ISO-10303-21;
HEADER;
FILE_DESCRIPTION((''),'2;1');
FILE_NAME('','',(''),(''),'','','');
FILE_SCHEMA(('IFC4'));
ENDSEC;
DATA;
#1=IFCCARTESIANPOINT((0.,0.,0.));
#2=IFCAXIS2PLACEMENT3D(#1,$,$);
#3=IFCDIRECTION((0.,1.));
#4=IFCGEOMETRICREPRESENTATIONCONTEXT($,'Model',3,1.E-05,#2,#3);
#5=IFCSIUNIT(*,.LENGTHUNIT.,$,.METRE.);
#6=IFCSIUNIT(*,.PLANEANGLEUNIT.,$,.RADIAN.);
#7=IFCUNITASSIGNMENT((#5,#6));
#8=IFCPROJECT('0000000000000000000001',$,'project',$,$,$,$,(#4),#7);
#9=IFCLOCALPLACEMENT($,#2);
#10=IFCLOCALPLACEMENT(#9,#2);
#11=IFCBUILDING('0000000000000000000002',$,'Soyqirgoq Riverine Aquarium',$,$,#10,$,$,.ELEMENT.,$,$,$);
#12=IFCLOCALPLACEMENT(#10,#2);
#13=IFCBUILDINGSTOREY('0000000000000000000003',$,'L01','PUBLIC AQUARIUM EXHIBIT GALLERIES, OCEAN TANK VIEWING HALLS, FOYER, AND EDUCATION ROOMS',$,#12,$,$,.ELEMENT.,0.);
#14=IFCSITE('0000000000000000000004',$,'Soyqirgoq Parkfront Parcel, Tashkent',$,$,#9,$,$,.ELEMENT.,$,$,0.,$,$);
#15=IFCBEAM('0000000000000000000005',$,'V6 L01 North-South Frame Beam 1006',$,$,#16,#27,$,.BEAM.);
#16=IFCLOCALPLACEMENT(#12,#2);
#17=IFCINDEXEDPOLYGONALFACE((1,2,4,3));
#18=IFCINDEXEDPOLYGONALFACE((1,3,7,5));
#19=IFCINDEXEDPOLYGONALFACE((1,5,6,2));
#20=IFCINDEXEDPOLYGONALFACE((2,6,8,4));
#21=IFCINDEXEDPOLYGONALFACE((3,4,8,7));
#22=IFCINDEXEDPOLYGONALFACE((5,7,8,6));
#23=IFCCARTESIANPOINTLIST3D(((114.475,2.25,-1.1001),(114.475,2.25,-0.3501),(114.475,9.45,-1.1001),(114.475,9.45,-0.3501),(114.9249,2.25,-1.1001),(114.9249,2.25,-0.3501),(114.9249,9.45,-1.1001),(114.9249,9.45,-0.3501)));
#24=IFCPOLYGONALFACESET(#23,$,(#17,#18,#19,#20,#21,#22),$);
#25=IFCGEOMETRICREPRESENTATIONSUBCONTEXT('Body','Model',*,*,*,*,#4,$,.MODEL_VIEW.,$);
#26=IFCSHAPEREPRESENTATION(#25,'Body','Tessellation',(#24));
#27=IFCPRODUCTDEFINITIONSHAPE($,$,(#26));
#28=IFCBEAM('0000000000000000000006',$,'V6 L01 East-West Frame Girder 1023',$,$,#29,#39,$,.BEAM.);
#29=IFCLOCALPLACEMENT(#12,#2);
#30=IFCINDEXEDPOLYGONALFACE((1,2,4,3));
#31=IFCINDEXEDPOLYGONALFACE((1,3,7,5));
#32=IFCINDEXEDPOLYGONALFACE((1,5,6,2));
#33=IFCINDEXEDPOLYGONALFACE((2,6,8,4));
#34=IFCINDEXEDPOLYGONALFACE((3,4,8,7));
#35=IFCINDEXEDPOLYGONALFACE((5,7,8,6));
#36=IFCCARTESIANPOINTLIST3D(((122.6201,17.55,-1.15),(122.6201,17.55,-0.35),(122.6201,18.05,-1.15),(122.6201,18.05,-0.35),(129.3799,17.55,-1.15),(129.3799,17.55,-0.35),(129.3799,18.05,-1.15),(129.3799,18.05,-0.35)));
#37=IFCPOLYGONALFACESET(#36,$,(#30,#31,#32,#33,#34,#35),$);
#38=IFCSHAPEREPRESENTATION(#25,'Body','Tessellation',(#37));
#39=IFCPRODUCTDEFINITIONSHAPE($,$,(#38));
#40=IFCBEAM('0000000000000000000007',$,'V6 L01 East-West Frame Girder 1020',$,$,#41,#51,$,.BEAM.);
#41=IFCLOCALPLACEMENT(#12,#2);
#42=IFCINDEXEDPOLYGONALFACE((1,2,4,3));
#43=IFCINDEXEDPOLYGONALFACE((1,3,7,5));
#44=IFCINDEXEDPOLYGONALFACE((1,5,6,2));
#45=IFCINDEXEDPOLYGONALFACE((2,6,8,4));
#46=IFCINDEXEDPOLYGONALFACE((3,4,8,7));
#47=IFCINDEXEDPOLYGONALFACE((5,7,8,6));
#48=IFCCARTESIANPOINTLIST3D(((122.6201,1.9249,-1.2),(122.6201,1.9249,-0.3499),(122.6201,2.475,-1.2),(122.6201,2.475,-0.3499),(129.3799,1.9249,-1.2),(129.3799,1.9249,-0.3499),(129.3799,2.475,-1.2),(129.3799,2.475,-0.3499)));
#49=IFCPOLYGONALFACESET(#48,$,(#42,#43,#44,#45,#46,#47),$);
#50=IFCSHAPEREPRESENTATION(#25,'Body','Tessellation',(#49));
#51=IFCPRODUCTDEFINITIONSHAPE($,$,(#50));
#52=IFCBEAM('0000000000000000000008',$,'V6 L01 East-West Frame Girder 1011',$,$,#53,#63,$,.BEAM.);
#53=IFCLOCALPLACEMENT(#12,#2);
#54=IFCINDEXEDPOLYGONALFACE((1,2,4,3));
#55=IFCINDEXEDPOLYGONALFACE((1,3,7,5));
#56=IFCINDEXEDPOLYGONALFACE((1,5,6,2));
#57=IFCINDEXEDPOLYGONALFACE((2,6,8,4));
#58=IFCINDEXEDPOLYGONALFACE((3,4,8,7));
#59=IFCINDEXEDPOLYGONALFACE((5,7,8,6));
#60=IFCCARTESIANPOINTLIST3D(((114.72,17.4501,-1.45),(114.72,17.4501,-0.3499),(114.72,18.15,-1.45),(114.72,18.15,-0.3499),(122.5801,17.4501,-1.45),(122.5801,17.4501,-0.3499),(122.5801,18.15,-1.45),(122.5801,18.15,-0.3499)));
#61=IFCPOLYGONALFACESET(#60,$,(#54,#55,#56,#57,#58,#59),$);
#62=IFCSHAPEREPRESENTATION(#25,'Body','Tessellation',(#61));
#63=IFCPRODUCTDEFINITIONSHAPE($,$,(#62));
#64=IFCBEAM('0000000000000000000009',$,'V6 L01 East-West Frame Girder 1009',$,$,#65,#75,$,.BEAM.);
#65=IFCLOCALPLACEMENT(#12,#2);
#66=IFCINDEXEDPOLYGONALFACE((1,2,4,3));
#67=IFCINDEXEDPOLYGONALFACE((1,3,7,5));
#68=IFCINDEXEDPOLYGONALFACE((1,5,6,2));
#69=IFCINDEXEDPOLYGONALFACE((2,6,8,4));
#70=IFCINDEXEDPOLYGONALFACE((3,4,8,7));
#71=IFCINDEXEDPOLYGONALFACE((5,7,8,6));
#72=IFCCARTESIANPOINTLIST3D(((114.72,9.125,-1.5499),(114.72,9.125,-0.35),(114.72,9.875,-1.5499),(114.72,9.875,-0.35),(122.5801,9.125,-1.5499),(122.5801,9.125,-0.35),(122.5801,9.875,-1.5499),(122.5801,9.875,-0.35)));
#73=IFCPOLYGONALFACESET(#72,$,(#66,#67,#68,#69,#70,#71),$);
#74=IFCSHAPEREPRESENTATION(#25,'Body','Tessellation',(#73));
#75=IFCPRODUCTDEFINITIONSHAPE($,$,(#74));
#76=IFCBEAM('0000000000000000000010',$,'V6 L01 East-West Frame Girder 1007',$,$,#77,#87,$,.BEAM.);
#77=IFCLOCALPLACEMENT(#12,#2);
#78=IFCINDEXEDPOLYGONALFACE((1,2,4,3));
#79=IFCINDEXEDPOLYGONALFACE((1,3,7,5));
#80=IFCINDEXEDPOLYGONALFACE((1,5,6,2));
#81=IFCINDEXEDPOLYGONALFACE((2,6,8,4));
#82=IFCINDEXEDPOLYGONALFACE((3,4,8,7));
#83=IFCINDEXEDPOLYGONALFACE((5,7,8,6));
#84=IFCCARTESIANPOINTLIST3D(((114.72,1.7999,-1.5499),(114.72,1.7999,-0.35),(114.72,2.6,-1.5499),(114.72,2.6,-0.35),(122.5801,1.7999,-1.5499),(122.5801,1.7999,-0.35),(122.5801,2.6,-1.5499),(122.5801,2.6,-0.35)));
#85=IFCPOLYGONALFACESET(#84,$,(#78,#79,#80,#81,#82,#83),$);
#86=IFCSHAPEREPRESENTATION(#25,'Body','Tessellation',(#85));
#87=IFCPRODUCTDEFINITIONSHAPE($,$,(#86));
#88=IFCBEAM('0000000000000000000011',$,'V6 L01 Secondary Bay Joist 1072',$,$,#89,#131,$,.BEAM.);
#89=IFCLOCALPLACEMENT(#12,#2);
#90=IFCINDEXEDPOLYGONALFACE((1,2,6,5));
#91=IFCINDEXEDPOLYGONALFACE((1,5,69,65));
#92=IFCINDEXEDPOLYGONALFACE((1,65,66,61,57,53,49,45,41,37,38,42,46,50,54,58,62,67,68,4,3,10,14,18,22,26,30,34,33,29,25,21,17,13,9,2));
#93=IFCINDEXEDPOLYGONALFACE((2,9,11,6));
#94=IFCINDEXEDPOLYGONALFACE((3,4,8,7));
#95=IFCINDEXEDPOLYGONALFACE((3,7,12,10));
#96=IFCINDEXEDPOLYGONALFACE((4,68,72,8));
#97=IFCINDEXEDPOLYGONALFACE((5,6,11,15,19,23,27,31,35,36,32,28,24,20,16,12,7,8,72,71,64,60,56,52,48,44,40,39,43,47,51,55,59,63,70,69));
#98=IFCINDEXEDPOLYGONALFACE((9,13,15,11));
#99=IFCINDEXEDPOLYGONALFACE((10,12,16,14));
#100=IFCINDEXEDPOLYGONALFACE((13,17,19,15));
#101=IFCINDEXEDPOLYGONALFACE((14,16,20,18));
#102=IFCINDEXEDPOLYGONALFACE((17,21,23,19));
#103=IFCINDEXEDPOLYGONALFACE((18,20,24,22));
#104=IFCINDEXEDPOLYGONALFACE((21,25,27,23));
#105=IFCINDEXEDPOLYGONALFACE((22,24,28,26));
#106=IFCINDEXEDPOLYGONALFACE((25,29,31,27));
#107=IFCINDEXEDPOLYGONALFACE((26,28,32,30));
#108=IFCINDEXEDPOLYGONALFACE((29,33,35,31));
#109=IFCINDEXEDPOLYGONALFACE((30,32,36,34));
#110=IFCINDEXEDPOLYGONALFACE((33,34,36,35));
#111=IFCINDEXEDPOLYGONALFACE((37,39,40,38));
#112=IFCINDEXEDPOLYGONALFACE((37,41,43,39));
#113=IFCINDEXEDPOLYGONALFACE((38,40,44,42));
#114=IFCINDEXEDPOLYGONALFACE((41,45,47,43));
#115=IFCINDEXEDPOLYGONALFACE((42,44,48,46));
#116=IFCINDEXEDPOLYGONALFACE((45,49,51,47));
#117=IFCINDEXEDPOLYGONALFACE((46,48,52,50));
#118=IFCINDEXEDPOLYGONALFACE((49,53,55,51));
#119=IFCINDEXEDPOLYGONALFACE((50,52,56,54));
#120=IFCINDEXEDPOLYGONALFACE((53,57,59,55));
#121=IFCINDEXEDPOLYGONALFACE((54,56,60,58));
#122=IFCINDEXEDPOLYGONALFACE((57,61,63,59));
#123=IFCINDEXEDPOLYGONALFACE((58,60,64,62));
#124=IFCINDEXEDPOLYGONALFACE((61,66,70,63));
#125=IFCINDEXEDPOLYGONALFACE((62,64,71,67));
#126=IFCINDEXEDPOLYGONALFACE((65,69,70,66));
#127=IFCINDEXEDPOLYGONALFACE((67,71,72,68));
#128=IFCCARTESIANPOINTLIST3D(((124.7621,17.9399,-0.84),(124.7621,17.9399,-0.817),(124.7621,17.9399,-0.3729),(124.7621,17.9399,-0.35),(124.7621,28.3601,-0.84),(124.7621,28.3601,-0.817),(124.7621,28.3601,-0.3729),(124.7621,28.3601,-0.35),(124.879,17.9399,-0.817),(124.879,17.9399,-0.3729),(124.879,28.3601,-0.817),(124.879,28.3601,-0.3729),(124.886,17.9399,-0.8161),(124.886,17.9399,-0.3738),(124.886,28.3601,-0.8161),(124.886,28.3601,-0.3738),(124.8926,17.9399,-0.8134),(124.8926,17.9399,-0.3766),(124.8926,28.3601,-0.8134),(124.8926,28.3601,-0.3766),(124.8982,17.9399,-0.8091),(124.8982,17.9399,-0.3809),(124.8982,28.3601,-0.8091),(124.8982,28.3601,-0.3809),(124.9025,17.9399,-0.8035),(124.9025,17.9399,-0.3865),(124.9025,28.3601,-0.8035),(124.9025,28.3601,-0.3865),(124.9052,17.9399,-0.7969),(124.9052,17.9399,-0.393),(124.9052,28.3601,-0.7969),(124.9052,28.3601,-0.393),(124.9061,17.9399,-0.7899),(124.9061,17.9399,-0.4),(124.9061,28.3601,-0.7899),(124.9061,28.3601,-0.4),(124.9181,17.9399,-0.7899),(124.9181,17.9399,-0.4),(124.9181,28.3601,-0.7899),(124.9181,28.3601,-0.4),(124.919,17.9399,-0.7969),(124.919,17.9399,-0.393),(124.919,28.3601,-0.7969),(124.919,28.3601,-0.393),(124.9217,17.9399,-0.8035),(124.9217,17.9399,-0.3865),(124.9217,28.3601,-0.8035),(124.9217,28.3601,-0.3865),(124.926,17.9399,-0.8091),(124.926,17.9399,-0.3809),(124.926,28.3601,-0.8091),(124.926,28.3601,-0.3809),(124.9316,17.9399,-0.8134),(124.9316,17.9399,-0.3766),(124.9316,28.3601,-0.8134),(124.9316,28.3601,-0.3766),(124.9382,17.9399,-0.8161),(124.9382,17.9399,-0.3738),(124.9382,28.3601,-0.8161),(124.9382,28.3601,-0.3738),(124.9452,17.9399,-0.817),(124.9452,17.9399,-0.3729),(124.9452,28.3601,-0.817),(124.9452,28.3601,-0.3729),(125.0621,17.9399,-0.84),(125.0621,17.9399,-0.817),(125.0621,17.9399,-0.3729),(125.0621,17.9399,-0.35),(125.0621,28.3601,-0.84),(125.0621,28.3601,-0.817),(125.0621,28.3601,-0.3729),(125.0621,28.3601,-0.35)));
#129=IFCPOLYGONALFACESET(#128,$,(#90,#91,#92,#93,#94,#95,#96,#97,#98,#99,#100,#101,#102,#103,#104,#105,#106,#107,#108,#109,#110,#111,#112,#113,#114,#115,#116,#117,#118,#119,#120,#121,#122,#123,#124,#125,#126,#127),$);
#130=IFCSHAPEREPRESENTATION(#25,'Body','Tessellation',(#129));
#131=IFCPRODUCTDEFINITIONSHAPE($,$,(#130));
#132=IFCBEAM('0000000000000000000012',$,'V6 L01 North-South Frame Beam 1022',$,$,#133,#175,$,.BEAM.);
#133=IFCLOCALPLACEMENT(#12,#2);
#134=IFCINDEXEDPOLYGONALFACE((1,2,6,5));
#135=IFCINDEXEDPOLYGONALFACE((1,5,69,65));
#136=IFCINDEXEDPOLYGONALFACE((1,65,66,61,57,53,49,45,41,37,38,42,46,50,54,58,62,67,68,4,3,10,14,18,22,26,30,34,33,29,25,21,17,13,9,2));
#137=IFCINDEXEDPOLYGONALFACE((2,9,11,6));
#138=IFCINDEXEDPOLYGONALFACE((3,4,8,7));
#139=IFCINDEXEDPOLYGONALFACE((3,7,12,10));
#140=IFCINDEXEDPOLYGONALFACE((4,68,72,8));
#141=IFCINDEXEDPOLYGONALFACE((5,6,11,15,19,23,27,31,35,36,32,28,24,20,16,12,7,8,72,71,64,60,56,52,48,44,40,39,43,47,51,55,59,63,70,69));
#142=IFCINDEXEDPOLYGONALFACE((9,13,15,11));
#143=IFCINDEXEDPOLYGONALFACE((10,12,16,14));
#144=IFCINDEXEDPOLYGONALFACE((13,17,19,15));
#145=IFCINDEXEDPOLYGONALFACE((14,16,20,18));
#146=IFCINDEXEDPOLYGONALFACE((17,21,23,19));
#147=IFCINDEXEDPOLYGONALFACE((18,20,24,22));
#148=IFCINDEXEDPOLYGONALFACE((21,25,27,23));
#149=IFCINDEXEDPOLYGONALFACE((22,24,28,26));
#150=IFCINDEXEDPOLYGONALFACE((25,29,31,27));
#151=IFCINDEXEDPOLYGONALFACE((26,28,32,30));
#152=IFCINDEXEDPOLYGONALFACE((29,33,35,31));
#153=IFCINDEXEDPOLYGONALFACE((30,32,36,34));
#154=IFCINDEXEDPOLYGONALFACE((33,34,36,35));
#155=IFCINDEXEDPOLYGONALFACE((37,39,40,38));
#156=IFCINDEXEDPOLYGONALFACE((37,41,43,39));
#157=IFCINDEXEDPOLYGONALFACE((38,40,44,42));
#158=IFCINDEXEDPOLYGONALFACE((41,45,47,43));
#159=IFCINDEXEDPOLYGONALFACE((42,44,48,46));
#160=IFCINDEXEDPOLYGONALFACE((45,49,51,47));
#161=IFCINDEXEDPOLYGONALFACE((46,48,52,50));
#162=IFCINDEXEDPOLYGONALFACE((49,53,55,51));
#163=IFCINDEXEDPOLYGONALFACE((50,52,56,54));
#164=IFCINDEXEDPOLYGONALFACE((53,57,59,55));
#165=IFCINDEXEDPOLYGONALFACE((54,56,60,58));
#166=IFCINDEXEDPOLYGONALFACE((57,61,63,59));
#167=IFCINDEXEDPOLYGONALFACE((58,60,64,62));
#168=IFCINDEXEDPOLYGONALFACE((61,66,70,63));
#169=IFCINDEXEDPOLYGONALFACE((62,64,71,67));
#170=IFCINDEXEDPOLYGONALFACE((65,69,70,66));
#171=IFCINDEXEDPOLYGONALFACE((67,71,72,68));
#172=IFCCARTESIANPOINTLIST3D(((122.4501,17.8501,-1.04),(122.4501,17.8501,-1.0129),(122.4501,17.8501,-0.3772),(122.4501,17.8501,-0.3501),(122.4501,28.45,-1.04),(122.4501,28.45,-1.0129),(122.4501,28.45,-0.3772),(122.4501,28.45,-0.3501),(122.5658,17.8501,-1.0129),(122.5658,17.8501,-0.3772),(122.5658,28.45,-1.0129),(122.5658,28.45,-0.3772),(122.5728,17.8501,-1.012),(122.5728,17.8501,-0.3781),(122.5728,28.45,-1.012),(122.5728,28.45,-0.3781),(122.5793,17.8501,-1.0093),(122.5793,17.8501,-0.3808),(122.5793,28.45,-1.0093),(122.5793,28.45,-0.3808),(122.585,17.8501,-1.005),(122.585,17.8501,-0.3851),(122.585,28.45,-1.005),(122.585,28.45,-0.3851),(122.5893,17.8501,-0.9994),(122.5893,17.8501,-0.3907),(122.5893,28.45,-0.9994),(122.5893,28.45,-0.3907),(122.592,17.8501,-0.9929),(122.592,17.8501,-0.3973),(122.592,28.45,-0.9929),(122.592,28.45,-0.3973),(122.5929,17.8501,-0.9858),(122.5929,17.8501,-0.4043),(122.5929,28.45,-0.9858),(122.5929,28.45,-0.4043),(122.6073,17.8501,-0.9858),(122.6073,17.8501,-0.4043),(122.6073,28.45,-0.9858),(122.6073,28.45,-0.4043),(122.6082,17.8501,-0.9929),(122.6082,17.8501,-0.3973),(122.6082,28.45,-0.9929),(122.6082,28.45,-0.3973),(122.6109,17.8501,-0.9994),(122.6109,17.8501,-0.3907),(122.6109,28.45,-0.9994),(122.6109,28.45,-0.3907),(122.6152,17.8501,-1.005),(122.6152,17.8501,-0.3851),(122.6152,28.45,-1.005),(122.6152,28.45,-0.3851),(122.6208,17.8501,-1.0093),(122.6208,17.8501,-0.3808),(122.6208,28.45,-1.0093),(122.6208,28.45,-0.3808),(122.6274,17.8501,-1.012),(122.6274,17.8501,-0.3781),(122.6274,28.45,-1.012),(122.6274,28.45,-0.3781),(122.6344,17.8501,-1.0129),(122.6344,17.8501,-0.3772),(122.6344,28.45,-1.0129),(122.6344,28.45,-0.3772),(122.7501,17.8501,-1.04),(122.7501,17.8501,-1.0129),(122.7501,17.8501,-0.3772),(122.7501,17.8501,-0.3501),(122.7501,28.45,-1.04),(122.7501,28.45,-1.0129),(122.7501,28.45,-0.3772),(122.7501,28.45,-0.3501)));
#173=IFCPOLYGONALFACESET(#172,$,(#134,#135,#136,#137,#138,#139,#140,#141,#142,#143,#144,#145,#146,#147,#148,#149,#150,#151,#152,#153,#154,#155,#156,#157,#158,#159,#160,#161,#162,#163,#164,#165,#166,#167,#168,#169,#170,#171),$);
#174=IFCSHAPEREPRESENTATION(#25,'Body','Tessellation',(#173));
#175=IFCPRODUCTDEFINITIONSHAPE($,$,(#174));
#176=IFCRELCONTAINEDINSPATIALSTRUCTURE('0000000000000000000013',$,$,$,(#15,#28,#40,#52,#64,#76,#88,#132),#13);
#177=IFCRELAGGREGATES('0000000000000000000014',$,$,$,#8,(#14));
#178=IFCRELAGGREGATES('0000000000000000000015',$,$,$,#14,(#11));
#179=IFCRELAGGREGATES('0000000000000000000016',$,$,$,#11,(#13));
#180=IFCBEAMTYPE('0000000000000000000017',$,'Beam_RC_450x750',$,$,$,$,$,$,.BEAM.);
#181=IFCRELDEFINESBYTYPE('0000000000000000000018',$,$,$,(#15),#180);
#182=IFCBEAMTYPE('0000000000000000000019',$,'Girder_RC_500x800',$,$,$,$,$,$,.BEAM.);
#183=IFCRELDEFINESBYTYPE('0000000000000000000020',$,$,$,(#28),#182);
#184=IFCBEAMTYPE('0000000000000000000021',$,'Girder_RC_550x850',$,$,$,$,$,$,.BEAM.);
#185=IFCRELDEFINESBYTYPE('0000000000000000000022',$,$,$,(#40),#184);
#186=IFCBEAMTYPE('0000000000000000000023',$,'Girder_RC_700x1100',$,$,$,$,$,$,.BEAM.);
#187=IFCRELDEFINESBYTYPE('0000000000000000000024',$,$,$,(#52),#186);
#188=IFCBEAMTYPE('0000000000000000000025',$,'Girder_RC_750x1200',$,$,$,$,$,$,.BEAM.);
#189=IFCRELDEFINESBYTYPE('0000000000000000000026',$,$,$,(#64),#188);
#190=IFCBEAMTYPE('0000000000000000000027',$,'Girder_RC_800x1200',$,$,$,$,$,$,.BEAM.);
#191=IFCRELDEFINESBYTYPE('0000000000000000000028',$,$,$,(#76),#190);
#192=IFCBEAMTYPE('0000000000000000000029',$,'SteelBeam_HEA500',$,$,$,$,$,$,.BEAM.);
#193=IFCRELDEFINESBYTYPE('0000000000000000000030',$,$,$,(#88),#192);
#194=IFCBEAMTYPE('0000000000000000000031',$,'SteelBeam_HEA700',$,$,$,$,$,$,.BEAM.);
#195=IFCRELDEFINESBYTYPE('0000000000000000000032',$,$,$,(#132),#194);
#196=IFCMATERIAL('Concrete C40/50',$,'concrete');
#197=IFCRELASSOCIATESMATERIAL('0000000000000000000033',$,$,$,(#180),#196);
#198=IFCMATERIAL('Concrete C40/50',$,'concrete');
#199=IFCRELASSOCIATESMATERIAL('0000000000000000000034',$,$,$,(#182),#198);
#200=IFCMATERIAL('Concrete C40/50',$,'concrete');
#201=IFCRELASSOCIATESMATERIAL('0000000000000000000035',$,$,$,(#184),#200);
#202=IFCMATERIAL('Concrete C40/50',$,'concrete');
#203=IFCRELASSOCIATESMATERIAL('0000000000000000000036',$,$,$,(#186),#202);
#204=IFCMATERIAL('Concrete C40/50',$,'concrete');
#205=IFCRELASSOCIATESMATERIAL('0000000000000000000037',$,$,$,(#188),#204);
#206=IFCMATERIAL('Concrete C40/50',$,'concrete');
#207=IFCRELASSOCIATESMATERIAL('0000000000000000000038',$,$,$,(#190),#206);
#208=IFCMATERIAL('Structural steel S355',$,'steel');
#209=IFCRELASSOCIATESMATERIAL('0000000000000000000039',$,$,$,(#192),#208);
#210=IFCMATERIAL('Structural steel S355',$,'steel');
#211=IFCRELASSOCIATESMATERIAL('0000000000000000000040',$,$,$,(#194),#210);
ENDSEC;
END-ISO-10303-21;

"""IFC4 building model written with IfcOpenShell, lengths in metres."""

from ifc_helpers import new_model, si_unit, direction, frame, origin, origin_2d, place, context, subcontext, project, spatial, rectangle, i_section, extrude, material, material_profile, profile_set, type_object, element, save


model = new_model("IFC4")

# Units and contexts
model_context = context("Model", 3, precision=1e-05, world=origin(), true_north=direction((0.0, 1.0)))
body_context = subcontext(model_context, "Body", "Model", "MODEL_VIEW")
ifc_project = project(units=[si_unit("LENGTHUNIT", "METRE"), si_unit("PLANEANGLEUNIT", "RADIAN")], contexts=[model_context])

# Site, building, storey
site_placement = place(None, origin())
site = spatial("IfcSite", under=ifc_project, at=site_placement, Name="Soyqirgoq Parkfront Parcel, Tashkent", CompositionType="ELEMENT", RefElevation=0.0)
building_placement = place(site_placement, origin())
building = spatial("IfcBuilding", under=site, at=building_placement, Name="Soyqirgoq Riverine Aquarium", CompositionType="ELEMENT")
storey_placement = place(building_placement, origin())
storey = spatial("IfcBuildingStorey", under=building, at=storey_placement, Name="L01", Description="PUBLIC AQUARIUM EXHIBIT GALLERIES, OCEAN TANK VIEWING HALLS, FOYER, AND EDUCATION ROOMS", CompositionType="ELEMENT", Elevation=0.0)

# Beams
ifc_material_1 = material(Name="Concrete C40/50", Category="concrete")
ifc_material_profile_1 = material_profile(ifc_material_1, rectangle(XDim=0.45, YDim=0.75, at=origin_2d()), Name="RC 450x750")
ifc_profile_set_1 = profile_set([ifc_material_profile_1], Name="Concrete C40/50")
beam_type_1 = type_object("IfcBeamType", Name="Beam_RC_450x750", PredefinedType="BEAM", material=ifc_profile_set_1)
beam_1_placement = place(storey_placement, frame((114.7, 2.25, -0.7251), z_axis=(0.0, 1.0, 0.0), x_axis=(-1.0, 0.0, 0.0)))
element("IfcBeam", 1, at=beam_1_placement, inside=storey, type_object=beam_type_1, Name="V6 L01 North-South Frame Beam 1006", PredefinedType="BEAM", context=body_context, shape_type="SweptSolid", body=[
    extrude(rectangle(XDim=0.45, YDim=0.75, at=origin_2d()), origin(), (0.0, 0.0, 1.0), 7.2),
])
ifc_material_2 = material(Name="Concrete C40/50", Category="concrete")
ifc_material_profile_2 = material_profile(ifc_material_2, rectangle(XDim=0.5, YDim=0.8, at=origin_2d()), Name="RC 500x800")
ifc_profile_set_2 = profile_set([ifc_material_profile_2], Name="Concrete C40/50")
beam_type_2 = type_object("IfcBeamType", Name="Girder_RC_500x800", PredefinedType="BEAM", material=ifc_profile_set_2)
beam_2_placement = place(storey_placement, frame((122.6201, 17.8, -0.75), z_axis=(1.0, 0.0, 0.0), x_axis=(0.0, 1.0, 0.0)))
element("IfcBeam", 2, at=beam_2_placement, inside=storey, type_object=beam_type_2, Name="V6 L01 East-West Frame Girder 1023", PredefinedType="BEAM", context=body_context, shape_type="SweptSolid", body=[
    extrude(rectangle(XDim=0.5, YDim=0.8, at=origin_2d()), origin(), (0.0, 0.0, 1.0), 6.7598),
])
ifc_material_3 = material(Name="Concrete C40/50", Category="concrete")
ifc_material_profile_3 = material_profile(ifc_material_3, rectangle(XDim=0.55, YDim=0.8501, at=origin_2d()), Name="RC 550x850")
ifc_profile_set_3 = profile_set([ifc_material_profile_3], Name="Concrete C40/50")
beam_type_3 = type_object("IfcBeamType", Name="Girder_RC_550x850", PredefinedType="BEAM", material=ifc_profile_set_3)
beam_3_placement = place(storey_placement, frame((122.6201, 2.2, -0.7749), z_axis=(1.0, 0.0, 0.0), x_axis=(0.0, 1.0, 0.0)))
element("IfcBeam", 3, at=beam_3_placement, inside=storey, type_object=beam_type_3, Name="V6 L01 East-West Frame Girder 1020", PredefinedType="BEAM", context=body_context, shape_type="SweptSolid", body=[
    extrude(rectangle(XDim=0.55, YDim=0.8501, at=origin_2d()), origin(), (0.0, 0.0, 1.0), 6.7598),
])
ifc_material_4 = material(Name="Concrete C40/50", Category="concrete")
ifc_material_profile_4 = material_profile(ifc_material_4, rectangle(XDim=0.7, YDim=1.1001, at=origin_2d()), Name="RC 700x1100")
ifc_profile_set_4 = profile_set([ifc_material_profile_4], Name="Concrete C40/50")
beam_type_4 = type_object("IfcBeamType", Name="Girder_RC_700x1100", PredefinedType="BEAM", material=ifc_profile_set_4)
beam_4_placement = place(storey_placement, frame((114.72, 17.8, -0.8999), z_axis=(1.0, 0.0, 0.0), x_axis=(0.0, 1.0, 0.0)))
element("IfcBeam", 4, at=beam_4_placement, inside=storey, type_object=beam_type_4, Name="V6 L01 East-West Frame Girder 1011", PredefinedType="BEAM", context=body_context, shape_type="SweptSolid", body=[
    extrude(rectangle(XDim=0.7, YDim=1.1001, at=origin_2d()), origin(), (0.0, 0.0, 1.0), 7.8601),
])
ifc_material_5 = material(Name="Concrete C40/50", Category="concrete")
ifc_material_profile_5 = material_profile(ifc_material_5, rectangle(XDim=0.75, YDim=1.2, at=origin_2d()), Name="RC 750x1200")
ifc_profile_set_5 = profile_set([ifc_material_profile_5], Name="Concrete C40/50")
beam_type_5 = type_object("IfcBeamType", Name="Girder_RC_750x1200", PredefinedType="BEAM", material=ifc_profile_set_5)
beam_5_placement = place(storey_placement, frame((114.72, 9.5, -0.95), z_axis=(1.0, 0.0, 0.0), x_axis=(0.0, 1.0, 0.0)))
element("IfcBeam", 5, at=beam_5_placement, inside=storey, type_object=beam_type_5, Name="V6 L01 East-West Frame Girder 1009", PredefinedType="BEAM", context=body_context, shape_type="SweptSolid", body=[
    extrude(rectangle(XDim=0.75, YDim=1.2, at=origin_2d()), origin(), (0.0, 0.0, 1.0), 7.8601),
])
ifc_material_6 = material(Name="Concrete C40/50", Category="concrete")
ifc_material_profile_6 = material_profile(ifc_material_6, rectangle(XDim=0.8, YDim=1.2, at=origin_2d()), Name="RC 800x1200")
ifc_profile_set_6 = profile_set([ifc_material_profile_6], Name="Concrete C40/50")
beam_type_6 = type_object("IfcBeamType", Name="Girder_RC_800x1200", PredefinedType="BEAM", material=ifc_profile_set_6)
beam_6_placement = place(storey_placement, frame((114.72, 2.2, -0.95), z_axis=(1.0, 0.0, 0.0), x_axis=(0.0, 1.0, 0.0)))
element("IfcBeam", 6, at=beam_6_placement, inside=storey, type_object=beam_type_6, Name="V6 L01 East-West Frame Girder 1007", PredefinedType="BEAM", context=body_context, shape_type="SweptSolid", body=[
    extrude(rectangle(XDim=0.8, YDim=1.2, at=origin_2d()), origin(), (0.0, 0.0, 1.0), 7.8601),
])
ifc_material_7 = material(Name="Structural steel S355", Category="steel")
ifc_material_profile_7 = material_profile(ifc_material_7, i_section(OverallWidth=0.3, OverallDepth=0.49, WebThickness=0.012, FlangeThickness=0.0229, FilletRadius=0.0271, at=origin_2d()), Name="HEA 500")
ifc_profile_set_7 = profile_set([ifc_material_profile_7], Name="Structural steel S355")
beam_type_7 = type_object("IfcBeamType", Name="SteelBeam_HEA500", PredefinedType="BEAM", material=ifc_profile_set_7)
beam_7_placement = place(storey_placement, frame((124.9121, 17.9399, -0.595), z_axis=(0.0, 1.0, 0.0), x_axis=(-1.0, 0.0, 0.0)))
element("IfcBeam", 7, at=beam_7_placement, inside=storey, type_object=beam_type_7, Name="V6 L01 Secondary Bay Joist 1072", PredefinedType="BEAM", context=body_context, shape_type="SweptSolid", body=[
    extrude(i_section(OverallWidth=0.3, OverallDepth=0.49, WebThickness=0.012, FlangeThickness=0.0229, FilletRadius=0.0271, at=origin_2d()), origin(), (0.0, 0.0, 1.0), 10.4202),
])
ifc_material_8 = material(Name="Structural steel S355", Category="steel")
ifc_material_profile_8 = material_profile(ifc_material_8, i_section(OverallWidth=0.3, OverallDepth=0.6899, WebThickness=0.0144, FlangeThickness=0.0271, FilletRadius=0.0271, at=origin_2d()), Name="HEA 700")
ifc_profile_set_8 = profile_set([ifc_material_profile_8], Name="Structural steel S355")
beam_type_8 = type_object("IfcBeamType", Name="SteelBeam_HEA700", PredefinedType="BEAM", material=ifc_profile_set_8)
beam_8_placement = place(storey_placement, frame((122.6001, 17.8501, -0.6951), z_axis=(0.0, 1.0, 0.0), x_axis=(-1.0, 0.0, 0.0)))
element("IfcBeam", 8, at=beam_8_placement, inside=storey, type_object=beam_type_8, Name="V6 L01 North-South Frame Beam 1022", PredefinedType="BEAM", context=body_context, shape_type="SweptSolid", body=[
    extrude(i_section(OverallWidth=0.3, OverallDepth=0.6899, WebThickness=0.0144, FlangeThickness=0.0271, FilletRadius=0.0271, at=origin_2d()), origin(), (0.0, 0.0, 1.0), 10.5999),
])

save(model, "model.ifc")
